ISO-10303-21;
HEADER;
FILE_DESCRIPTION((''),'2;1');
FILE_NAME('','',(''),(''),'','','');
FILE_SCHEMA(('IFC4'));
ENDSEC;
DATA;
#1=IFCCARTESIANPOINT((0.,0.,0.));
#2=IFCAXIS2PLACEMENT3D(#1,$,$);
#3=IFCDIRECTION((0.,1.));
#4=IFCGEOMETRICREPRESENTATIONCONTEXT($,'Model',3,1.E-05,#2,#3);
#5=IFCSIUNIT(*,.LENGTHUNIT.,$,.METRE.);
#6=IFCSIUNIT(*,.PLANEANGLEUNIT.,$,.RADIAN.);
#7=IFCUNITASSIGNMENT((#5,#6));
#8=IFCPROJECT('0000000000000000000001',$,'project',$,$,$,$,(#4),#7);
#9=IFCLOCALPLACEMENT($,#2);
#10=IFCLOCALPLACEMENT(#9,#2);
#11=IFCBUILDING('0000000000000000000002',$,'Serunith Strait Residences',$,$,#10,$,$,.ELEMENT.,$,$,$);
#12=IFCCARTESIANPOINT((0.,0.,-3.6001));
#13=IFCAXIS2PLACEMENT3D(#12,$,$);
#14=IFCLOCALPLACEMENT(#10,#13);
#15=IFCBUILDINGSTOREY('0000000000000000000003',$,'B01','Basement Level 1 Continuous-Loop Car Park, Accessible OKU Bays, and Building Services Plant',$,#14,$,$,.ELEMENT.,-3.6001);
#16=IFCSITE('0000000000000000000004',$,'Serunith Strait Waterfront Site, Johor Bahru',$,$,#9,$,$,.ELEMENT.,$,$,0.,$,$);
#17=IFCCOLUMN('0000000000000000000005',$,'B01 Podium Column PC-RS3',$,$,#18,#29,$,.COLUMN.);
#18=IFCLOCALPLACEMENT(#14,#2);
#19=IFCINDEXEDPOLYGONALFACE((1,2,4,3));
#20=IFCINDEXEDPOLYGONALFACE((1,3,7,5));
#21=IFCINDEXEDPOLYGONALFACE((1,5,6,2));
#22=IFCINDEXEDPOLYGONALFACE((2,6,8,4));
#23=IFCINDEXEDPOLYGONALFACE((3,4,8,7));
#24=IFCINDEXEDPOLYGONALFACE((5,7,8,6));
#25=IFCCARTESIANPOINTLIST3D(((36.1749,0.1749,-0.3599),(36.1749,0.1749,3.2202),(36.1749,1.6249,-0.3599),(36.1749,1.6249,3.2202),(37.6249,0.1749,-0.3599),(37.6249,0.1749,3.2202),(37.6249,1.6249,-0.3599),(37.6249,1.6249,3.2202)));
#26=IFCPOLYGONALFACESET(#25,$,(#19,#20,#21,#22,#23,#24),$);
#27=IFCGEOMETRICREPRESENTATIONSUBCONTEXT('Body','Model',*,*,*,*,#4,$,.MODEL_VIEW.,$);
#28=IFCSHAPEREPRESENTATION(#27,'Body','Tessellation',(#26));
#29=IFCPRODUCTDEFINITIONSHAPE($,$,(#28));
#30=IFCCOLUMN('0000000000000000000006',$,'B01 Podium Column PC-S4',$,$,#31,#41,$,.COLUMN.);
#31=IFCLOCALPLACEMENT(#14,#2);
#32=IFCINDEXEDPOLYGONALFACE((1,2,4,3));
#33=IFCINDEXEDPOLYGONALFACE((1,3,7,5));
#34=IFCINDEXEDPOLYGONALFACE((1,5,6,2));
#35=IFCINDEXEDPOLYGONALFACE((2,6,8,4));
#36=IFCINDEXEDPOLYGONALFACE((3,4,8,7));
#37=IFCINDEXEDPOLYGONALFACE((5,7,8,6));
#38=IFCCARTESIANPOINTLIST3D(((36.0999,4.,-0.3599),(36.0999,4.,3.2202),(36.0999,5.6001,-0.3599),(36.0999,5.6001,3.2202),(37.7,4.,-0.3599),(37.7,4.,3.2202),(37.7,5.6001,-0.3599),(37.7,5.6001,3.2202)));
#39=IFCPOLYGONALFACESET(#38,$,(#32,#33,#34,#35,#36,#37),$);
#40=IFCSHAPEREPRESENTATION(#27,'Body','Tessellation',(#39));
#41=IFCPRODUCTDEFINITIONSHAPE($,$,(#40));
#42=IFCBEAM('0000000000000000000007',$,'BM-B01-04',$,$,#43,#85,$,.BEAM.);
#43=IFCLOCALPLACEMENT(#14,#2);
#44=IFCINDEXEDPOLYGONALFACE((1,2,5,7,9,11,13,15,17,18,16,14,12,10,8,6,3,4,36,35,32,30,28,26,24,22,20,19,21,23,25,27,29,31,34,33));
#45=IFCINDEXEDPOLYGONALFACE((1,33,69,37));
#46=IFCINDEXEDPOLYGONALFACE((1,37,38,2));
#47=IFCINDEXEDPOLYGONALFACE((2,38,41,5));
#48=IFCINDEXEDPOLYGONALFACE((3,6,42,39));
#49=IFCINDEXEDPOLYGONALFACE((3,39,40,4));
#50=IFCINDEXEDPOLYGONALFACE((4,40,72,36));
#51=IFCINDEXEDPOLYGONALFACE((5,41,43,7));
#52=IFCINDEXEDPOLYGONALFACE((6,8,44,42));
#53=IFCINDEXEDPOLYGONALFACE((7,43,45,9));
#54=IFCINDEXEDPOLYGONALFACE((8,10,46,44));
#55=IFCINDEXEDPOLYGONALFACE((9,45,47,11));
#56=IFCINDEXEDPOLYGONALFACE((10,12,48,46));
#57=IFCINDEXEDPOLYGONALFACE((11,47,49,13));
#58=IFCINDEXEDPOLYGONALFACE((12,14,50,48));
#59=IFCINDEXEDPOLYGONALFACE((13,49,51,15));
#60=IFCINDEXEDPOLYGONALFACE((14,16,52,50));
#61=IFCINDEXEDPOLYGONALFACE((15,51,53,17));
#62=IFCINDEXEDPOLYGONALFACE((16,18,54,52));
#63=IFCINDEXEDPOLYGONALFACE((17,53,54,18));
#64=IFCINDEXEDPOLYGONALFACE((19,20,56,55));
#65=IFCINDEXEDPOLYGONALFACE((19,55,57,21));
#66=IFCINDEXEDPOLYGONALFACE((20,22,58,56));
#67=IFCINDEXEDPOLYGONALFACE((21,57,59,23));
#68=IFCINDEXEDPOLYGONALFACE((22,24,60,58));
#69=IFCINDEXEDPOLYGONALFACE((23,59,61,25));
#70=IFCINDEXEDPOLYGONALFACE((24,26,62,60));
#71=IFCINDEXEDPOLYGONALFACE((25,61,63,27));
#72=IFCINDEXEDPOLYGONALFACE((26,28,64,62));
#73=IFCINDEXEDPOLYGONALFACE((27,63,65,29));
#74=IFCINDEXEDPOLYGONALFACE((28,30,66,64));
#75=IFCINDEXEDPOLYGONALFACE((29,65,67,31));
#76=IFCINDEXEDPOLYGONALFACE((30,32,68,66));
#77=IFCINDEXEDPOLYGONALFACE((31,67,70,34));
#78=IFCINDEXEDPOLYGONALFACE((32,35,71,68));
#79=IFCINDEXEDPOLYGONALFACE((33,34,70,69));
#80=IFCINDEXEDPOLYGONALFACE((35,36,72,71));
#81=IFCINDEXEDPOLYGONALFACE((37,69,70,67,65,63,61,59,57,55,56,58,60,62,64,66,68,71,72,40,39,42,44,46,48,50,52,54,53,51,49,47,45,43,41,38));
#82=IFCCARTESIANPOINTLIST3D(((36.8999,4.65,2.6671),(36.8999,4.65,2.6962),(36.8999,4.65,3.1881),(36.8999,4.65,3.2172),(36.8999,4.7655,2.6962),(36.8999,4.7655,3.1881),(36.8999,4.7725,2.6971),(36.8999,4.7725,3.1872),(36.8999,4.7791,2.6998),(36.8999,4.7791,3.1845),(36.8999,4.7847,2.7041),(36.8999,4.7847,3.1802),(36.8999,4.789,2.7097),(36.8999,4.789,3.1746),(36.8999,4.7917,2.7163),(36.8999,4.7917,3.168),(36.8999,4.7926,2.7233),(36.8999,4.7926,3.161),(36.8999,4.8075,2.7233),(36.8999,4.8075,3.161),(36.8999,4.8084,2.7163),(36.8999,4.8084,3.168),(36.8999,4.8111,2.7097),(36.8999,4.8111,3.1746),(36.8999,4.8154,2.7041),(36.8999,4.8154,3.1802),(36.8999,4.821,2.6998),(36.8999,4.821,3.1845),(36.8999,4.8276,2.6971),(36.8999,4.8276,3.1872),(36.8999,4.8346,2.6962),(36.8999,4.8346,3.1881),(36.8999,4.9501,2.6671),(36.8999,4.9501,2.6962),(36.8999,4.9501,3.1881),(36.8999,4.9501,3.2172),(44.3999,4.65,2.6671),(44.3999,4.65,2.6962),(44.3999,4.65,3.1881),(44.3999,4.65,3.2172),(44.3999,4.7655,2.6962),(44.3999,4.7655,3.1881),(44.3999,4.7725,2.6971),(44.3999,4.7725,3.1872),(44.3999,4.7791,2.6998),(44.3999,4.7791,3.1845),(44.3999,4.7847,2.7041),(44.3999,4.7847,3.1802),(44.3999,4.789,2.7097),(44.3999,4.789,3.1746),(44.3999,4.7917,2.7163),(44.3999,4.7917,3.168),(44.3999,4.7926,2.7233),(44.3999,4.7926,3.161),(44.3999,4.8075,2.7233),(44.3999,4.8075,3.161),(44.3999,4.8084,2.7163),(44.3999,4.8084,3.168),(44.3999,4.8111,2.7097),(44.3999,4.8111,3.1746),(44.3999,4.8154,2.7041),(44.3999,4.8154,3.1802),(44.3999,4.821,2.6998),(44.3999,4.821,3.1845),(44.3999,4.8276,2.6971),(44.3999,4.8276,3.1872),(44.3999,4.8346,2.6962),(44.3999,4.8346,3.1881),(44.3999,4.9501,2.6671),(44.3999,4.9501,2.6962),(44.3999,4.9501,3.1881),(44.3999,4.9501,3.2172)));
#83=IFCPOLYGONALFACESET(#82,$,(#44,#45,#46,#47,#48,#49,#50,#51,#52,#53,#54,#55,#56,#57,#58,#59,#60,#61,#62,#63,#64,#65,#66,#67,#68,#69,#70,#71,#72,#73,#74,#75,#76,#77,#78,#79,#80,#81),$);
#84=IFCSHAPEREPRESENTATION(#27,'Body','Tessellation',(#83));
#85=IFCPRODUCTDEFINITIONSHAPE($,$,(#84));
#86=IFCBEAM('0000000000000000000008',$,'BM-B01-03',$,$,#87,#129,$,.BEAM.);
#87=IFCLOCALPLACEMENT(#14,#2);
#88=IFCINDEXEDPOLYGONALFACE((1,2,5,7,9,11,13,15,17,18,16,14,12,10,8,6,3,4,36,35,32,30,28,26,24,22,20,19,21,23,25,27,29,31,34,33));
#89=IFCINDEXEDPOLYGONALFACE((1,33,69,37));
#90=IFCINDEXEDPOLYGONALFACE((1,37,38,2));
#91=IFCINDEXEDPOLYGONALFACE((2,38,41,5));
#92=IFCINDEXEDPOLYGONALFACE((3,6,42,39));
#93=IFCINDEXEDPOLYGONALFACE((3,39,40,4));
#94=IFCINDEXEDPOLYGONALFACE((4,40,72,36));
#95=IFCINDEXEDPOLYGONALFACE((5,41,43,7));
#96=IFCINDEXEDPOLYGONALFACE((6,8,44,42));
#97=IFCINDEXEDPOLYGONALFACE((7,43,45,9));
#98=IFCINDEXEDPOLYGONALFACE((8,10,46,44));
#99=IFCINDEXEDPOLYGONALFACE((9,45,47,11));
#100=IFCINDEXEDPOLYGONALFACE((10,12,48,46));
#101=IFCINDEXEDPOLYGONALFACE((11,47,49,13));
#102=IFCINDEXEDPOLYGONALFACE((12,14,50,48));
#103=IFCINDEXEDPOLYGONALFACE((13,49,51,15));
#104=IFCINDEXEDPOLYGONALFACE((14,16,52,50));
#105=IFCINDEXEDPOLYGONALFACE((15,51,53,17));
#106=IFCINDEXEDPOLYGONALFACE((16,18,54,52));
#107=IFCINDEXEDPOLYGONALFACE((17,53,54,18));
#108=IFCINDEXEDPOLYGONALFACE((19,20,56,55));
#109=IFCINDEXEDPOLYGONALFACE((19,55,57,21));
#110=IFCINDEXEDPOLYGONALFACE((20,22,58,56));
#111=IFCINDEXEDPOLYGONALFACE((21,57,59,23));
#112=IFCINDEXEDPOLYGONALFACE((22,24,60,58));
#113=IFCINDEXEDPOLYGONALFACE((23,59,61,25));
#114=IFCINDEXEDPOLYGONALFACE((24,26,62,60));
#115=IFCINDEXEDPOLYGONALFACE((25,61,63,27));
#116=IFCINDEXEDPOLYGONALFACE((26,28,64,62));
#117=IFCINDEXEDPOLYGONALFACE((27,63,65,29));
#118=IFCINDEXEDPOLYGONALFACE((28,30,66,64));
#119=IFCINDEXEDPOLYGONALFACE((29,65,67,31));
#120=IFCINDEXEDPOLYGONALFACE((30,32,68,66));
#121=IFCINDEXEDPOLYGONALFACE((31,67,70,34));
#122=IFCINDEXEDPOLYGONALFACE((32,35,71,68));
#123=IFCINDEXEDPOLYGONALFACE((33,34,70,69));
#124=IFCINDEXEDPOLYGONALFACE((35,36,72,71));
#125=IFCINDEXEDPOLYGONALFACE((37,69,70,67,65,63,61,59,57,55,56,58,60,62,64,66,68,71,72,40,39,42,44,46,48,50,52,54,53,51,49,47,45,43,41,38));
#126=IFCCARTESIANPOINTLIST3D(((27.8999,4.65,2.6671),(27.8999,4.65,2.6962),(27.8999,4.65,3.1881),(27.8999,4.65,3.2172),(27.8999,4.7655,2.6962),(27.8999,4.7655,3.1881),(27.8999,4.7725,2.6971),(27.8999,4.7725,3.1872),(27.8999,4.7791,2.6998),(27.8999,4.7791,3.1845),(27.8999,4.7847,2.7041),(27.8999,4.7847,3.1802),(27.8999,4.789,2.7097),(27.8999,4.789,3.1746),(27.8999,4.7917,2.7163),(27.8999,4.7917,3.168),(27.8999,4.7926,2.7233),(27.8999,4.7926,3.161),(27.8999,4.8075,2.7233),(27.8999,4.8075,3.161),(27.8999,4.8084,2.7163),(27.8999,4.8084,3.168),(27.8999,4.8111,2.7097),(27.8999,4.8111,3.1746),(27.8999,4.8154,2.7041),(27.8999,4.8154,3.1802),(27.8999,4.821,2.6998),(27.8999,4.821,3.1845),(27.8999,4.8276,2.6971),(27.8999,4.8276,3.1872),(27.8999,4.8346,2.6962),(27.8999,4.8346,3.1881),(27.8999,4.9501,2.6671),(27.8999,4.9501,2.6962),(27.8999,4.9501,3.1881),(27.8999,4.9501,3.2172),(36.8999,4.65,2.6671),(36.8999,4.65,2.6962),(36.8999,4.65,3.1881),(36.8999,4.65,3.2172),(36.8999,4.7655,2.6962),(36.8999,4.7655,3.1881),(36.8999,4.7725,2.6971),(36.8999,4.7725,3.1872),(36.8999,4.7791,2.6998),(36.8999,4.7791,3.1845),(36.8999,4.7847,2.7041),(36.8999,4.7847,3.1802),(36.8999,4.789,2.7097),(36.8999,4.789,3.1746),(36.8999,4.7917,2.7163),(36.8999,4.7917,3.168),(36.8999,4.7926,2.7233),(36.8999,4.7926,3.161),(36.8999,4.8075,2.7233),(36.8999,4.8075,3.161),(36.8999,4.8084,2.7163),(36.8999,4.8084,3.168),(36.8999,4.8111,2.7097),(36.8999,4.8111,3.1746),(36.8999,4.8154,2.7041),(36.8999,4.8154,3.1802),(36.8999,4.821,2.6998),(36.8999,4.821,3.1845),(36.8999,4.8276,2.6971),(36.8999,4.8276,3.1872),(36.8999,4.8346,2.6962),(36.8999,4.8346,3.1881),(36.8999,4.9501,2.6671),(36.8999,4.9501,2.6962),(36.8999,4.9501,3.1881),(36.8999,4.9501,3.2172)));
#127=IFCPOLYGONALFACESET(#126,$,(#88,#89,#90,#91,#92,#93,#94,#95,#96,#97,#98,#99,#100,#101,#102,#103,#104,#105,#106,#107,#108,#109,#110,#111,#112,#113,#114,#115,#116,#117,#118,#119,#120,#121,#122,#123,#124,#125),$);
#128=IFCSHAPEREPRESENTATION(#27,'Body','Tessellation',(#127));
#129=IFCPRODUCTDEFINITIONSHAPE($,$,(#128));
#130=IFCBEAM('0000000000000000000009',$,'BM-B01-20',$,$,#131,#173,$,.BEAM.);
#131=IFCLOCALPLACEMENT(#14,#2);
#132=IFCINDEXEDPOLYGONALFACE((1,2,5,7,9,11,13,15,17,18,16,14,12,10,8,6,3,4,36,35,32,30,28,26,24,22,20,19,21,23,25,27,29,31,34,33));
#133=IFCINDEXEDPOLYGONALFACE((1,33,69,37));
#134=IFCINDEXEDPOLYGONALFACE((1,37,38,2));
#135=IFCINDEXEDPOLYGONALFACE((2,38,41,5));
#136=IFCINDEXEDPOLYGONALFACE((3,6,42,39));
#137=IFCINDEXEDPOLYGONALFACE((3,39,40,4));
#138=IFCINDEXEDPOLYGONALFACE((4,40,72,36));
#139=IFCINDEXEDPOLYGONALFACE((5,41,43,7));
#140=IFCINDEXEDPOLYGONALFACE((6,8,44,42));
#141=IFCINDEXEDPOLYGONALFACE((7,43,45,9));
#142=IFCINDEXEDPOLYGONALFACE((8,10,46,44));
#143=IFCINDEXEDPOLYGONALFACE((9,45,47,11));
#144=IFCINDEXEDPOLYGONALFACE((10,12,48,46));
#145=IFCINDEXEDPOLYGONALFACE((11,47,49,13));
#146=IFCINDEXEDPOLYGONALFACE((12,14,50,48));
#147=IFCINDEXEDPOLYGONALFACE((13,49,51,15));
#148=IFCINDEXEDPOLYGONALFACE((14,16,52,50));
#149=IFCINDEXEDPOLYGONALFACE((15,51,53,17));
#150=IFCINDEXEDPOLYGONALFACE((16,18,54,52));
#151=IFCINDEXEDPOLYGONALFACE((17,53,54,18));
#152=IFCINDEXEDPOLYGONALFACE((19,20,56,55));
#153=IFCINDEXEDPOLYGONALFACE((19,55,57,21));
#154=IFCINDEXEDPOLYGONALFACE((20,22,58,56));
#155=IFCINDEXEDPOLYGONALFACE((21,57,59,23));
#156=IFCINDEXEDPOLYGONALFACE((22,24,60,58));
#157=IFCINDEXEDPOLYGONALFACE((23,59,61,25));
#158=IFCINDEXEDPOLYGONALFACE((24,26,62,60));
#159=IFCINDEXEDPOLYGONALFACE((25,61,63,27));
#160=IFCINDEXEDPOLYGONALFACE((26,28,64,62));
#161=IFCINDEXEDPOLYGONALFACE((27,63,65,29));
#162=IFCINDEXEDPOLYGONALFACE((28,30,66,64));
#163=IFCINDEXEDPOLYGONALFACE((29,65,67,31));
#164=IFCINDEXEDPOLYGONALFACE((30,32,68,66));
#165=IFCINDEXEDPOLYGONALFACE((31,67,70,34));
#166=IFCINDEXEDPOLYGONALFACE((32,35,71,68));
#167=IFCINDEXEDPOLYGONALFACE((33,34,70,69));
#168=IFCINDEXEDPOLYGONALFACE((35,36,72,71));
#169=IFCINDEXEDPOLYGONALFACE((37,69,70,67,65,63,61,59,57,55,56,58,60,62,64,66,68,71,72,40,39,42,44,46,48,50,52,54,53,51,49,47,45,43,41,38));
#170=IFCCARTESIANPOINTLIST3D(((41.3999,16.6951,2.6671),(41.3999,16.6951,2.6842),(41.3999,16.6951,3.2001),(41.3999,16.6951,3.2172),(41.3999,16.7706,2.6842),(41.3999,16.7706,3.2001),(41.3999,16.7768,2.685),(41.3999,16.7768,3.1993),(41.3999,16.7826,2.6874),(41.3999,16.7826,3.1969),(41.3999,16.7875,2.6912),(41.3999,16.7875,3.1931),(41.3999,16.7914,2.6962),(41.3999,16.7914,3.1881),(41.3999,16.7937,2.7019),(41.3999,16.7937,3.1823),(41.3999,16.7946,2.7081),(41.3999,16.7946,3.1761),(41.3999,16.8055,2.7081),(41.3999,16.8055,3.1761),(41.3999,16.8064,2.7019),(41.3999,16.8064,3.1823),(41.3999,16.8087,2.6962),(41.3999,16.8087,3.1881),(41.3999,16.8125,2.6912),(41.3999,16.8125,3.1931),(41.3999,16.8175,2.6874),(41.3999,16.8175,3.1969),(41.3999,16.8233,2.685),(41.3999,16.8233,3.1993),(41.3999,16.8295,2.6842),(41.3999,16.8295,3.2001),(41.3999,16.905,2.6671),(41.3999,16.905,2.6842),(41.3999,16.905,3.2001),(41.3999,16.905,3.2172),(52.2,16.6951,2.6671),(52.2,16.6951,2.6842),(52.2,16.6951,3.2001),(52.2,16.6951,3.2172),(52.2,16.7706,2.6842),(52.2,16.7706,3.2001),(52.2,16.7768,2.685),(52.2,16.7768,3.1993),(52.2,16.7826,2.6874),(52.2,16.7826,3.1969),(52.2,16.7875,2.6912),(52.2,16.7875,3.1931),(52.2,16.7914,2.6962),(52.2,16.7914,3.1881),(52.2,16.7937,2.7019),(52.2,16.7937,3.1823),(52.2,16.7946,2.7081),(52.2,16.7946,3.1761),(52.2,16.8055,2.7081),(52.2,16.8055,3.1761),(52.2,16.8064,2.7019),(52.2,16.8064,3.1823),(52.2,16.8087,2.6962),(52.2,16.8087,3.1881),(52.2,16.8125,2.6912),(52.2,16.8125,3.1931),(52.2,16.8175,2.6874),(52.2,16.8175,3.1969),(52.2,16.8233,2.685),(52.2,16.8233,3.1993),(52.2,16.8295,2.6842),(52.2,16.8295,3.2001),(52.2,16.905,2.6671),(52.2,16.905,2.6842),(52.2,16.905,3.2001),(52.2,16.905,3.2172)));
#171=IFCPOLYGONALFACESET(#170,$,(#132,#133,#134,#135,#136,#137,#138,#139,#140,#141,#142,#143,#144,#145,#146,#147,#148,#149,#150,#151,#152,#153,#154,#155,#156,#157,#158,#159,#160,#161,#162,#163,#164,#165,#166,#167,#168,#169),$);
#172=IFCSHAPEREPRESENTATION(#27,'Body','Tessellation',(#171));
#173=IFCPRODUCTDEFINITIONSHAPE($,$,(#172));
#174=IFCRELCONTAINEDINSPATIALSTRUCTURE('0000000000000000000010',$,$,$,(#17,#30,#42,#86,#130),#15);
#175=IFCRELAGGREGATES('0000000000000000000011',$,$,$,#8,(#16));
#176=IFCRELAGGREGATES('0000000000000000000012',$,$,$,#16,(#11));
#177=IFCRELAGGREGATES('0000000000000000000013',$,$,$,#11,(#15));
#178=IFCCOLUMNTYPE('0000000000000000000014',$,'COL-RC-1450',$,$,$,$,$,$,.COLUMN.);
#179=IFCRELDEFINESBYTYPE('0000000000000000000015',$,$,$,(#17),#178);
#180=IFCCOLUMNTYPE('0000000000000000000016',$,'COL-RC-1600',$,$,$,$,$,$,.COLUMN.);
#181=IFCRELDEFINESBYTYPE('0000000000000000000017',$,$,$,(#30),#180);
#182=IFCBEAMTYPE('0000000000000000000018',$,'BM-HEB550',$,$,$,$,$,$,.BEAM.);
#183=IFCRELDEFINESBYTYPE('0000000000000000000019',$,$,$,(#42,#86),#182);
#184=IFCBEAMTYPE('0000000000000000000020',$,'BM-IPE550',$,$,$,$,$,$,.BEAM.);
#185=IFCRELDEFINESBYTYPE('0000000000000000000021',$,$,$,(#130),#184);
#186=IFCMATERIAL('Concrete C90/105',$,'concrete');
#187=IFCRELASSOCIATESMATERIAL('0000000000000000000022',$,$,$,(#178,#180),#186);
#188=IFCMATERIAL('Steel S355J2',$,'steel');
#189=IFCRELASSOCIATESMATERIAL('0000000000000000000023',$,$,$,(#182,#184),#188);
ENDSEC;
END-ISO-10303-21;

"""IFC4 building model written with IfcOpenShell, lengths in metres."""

from ifc_helpers import new_model, si_unit, direction, frame, origin, origin_2d, place, context, subcontext, project, spatial, rectangle, i_section, extrude, source, transform, mapped, material, material_profile, profile_set, type_object, element, save


model = new_model("IFC4")

# Units and contexts
model_context = context("Model", 3, precision=1e-05, world=origin(), true_north=direction((0.0, 1.0)))
body_context = subcontext(model_context, "Body", "Model", "MODEL_VIEW")
ifc_project = project(units=[si_unit("LENGTHUNIT", "METRE"), si_unit("PLANEANGLEUNIT", "RADIAN")], contexts=[model_context])

# Site, building, storey
site_placement = place(None, origin())
site = spatial("IfcSite", under=ifc_project, at=site_placement, Name="Serunith Strait Waterfront Site, Johor Bahru", CompositionType="ELEMENT", RefElevation=0.0)
building_placement = place(site_placement, origin())
building = spatial("IfcBuilding", under=site, at=building_placement, Name="Serunith Strait Residences", CompositionType="ELEMENT")
storey_placement = place(building_placement, frame((0.0, 0.0, -3.6001)))
storey = spatial("IfcBuildingStorey", under=building, at=storey_placement, Name="B01", Description="Basement Level 1 Continuous-Loop Car Park, Accessible OKU Bays, and Building Services Plant", CompositionType="ELEMENT", Elevation=-3.6001)

# Columns
ifc_material_1 = material(Name="Concrete C90/105", Category="concrete")
ifc_material_profile_1 = material_profile(ifc_material_1, rectangle(XDim=1.45, YDim=1.45, at=origin_2d()), Name="RC 1450x1450")
ifc_profile_set_1 = profile_set([ifc_material_profile_1], Name="Concrete C90/105")
column_type_1 = type_object("IfcColumnType", Name="COL-RC-1450", PredefinedType="COLUMN", material=ifc_profile_set_1)
shared_shape_1 = source(origin(), body_context, "Body", "SweptSolid", [
    extrude(rectangle(XDim=1.45, YDim=1.45, at=origin_2d()), origin(), (0.0, 0.0, 1.0), 3.5801),
])
column_1_placement = place(storey_placement, frame((36.8999, 0.8999, -0.3599), z_axis=(0.0, 0.0, 1.0), x_axis=(1.0, 0.0, 0.0)))
element("IfcColumn", 1, at=column_1_placement, inside=storey, type_object=column_type_1, Name="B01 Podium Column PC-RS3", PredefinedType="COLUMN", context=body_context, shape_type="MappedRepresentation", body=[
    mapped(shared_shape_1, transform((0.0, 0.0, 0.0), scale=1.0)),
])
ifc_material_profile_2 = material_profile(ifc_material_1, rectangle(XDim=1.6001, YDim=1.6001, at=origin_2d()), Name="RC 1600x1600")
ifc_profile_set_2 = profile_set([ifc_material_profile_2], Name="Concrete C90/105")
column_type_2 = type_object("IfcColumnType", Name="COL-RC-1600", PredefinedType="COLUMN", material=ifc_profile_set_2)
shared_shape_2 = source(origin(), body_context, "Body", "SweptSolid", [
    extrude(rectangle(XDim=1.6001, YDim=1.6001, at=origin_2d()), origin(), (0.0, 0.0, 1.0), 3.5801),
])
column_2_placement = place(storey_placement, frame((36.8999, 4.8, -0.3599), z_axis=(0.0, 0.0, 1.0), x_axis=(1.0, 0.0, 0.0)))
element("IfcColumn", 2, at=column_2_placement, inside=storey, type_object=column_type_2, Name="B01 Podium Column PC-S4", PredefinedType="COLUMN", context=body_context, shape_type="MappedRepresentation", body=[
    mapped(shared_shape_2, transform((0.0, 0.0, 0.0), scale=1.0)),
])

# Beams
ifc_material_2 = material(Name="Steel S355J2", Category="steel")
ifc_material_profile_3 = material_profile(ifc_material_2, i_section(OverallWidth=0.3, OverallDepth=0.55, WebThickness=0.0149, FlangeThickness=0.0291, FilletRadius=0.0271, at=origin_2d()), Name="HEB 550")
ifc_profile_set_3 = profile_set([ifc_material_profile_3], Name="Steel S355J2")
beam_type_1 = type_object("IfcBeamType", Name="BM-HEB550", PredefinedType="BEAM", material=ifc_profile_set_3)
shared_shape_3 = source(origin(), body_context, "Body", "SweptSolid", [
    extrude(i_section(OverallWidth=0.3, OverallDepth=0.55, WebThickness=0.0149, FlangeThickness=0.0291, FilletRadius=0.0271, at=origin_2d()), origin(), (0.0, 0.0, 1.0), 7.5),
])
beam_1_placement = place(storey_placement, frame((36.8999, 4.8, 2.9421), z_axis=(1.0, 0.0, 0.0), x_axis=(0.0, 1.0, 0.0)))
element("IfcBeam", 3, at=beam_1_placement, inside=storey, type_object=beam_type_1, Name="BM-B01-04", PredefinedType="BEAM", context=body_context, shape_type="MappedRepresentation", body=[
    mapped(shared_shape_3, transform((0.0, 0.0, 0.0), scale=1.0)),
])
shared_shape_4 = source(origin(), body_context, "Body", "SweptSolid", [
    extrude(i_section(OverallWidth=0.3, OverallDepth=0.55, WebThickness=0.0149, FlangeThickness=0.0291, FilletRadius=0.0271, at=origin_2d()), origin(), (0.0, 0.0, 1.0), 9.0),
])
beam_2_placement = place(storey_placement, frame((27.8999, 4.8, 2.9421), z_axis=(1.0, 0.0, 0.0), x_axis=(0.0, 1.0, 0.0)))
element("IfcBeam", 4, at=beam_2_placement, inside=storey, type_object=beam_type_1, Name="BM-B01-03", PredefinedType="BEAM", context=body_context, shape_type="MappedRepresentation", body=[
    mapped(shared_shape_4, transform((0.0, 0.0, 0.0), scale=1.0)),
])
ifc_material_profile_4 = material_profile(ifc_material_2, i_section(OverallWidth=0.21, OverallDepth=0.55, WebThickness=0.011, FlangeThickness=0.0171, FilletRadius=0.0239, at=origin_2d()), Name="IPE 550")
ifc_profile_set_4 = profile_set([ifc_material_profile_4], Name="Steel S355J2")
beam_type_2 = type_object("IfcBeamType", Name="BM-IPE550", PredefinedType="BEAM", material=ifc_profile_set_4)
shared_shape_5 = source(origin(), body_context, "Body", "SweptSolid", [
    extrude(i_section(OverallWidth=0.21, OverallDepth=0.55, WebThickness=0.011, FlangeThickness=0.0171, FilletRadius=0.0239, at=origin_2d()), origin(), (0.0, 0.0, 1.0), 10.8),
])
beam_3_placement = place(storey_placement, frame((41.3999, 16.8, 2.9421), z_axis=(1.0, 0.0, 0.0), x_axis=(0.0, 1.0, 0.0)))
element("IfcBeam", 5, at=beam_3_placement, inside=storey, type_object=beam_type_2, Name="BM-B01-20", PredefinedType="BEAM", context=body_context, shape_type="MappedRepresentation", body=[
    mapped(shared_shape_5, transform((0.0, 0.0, 0.0), scale=1.0)),
])

save(model, "model.ifc")
